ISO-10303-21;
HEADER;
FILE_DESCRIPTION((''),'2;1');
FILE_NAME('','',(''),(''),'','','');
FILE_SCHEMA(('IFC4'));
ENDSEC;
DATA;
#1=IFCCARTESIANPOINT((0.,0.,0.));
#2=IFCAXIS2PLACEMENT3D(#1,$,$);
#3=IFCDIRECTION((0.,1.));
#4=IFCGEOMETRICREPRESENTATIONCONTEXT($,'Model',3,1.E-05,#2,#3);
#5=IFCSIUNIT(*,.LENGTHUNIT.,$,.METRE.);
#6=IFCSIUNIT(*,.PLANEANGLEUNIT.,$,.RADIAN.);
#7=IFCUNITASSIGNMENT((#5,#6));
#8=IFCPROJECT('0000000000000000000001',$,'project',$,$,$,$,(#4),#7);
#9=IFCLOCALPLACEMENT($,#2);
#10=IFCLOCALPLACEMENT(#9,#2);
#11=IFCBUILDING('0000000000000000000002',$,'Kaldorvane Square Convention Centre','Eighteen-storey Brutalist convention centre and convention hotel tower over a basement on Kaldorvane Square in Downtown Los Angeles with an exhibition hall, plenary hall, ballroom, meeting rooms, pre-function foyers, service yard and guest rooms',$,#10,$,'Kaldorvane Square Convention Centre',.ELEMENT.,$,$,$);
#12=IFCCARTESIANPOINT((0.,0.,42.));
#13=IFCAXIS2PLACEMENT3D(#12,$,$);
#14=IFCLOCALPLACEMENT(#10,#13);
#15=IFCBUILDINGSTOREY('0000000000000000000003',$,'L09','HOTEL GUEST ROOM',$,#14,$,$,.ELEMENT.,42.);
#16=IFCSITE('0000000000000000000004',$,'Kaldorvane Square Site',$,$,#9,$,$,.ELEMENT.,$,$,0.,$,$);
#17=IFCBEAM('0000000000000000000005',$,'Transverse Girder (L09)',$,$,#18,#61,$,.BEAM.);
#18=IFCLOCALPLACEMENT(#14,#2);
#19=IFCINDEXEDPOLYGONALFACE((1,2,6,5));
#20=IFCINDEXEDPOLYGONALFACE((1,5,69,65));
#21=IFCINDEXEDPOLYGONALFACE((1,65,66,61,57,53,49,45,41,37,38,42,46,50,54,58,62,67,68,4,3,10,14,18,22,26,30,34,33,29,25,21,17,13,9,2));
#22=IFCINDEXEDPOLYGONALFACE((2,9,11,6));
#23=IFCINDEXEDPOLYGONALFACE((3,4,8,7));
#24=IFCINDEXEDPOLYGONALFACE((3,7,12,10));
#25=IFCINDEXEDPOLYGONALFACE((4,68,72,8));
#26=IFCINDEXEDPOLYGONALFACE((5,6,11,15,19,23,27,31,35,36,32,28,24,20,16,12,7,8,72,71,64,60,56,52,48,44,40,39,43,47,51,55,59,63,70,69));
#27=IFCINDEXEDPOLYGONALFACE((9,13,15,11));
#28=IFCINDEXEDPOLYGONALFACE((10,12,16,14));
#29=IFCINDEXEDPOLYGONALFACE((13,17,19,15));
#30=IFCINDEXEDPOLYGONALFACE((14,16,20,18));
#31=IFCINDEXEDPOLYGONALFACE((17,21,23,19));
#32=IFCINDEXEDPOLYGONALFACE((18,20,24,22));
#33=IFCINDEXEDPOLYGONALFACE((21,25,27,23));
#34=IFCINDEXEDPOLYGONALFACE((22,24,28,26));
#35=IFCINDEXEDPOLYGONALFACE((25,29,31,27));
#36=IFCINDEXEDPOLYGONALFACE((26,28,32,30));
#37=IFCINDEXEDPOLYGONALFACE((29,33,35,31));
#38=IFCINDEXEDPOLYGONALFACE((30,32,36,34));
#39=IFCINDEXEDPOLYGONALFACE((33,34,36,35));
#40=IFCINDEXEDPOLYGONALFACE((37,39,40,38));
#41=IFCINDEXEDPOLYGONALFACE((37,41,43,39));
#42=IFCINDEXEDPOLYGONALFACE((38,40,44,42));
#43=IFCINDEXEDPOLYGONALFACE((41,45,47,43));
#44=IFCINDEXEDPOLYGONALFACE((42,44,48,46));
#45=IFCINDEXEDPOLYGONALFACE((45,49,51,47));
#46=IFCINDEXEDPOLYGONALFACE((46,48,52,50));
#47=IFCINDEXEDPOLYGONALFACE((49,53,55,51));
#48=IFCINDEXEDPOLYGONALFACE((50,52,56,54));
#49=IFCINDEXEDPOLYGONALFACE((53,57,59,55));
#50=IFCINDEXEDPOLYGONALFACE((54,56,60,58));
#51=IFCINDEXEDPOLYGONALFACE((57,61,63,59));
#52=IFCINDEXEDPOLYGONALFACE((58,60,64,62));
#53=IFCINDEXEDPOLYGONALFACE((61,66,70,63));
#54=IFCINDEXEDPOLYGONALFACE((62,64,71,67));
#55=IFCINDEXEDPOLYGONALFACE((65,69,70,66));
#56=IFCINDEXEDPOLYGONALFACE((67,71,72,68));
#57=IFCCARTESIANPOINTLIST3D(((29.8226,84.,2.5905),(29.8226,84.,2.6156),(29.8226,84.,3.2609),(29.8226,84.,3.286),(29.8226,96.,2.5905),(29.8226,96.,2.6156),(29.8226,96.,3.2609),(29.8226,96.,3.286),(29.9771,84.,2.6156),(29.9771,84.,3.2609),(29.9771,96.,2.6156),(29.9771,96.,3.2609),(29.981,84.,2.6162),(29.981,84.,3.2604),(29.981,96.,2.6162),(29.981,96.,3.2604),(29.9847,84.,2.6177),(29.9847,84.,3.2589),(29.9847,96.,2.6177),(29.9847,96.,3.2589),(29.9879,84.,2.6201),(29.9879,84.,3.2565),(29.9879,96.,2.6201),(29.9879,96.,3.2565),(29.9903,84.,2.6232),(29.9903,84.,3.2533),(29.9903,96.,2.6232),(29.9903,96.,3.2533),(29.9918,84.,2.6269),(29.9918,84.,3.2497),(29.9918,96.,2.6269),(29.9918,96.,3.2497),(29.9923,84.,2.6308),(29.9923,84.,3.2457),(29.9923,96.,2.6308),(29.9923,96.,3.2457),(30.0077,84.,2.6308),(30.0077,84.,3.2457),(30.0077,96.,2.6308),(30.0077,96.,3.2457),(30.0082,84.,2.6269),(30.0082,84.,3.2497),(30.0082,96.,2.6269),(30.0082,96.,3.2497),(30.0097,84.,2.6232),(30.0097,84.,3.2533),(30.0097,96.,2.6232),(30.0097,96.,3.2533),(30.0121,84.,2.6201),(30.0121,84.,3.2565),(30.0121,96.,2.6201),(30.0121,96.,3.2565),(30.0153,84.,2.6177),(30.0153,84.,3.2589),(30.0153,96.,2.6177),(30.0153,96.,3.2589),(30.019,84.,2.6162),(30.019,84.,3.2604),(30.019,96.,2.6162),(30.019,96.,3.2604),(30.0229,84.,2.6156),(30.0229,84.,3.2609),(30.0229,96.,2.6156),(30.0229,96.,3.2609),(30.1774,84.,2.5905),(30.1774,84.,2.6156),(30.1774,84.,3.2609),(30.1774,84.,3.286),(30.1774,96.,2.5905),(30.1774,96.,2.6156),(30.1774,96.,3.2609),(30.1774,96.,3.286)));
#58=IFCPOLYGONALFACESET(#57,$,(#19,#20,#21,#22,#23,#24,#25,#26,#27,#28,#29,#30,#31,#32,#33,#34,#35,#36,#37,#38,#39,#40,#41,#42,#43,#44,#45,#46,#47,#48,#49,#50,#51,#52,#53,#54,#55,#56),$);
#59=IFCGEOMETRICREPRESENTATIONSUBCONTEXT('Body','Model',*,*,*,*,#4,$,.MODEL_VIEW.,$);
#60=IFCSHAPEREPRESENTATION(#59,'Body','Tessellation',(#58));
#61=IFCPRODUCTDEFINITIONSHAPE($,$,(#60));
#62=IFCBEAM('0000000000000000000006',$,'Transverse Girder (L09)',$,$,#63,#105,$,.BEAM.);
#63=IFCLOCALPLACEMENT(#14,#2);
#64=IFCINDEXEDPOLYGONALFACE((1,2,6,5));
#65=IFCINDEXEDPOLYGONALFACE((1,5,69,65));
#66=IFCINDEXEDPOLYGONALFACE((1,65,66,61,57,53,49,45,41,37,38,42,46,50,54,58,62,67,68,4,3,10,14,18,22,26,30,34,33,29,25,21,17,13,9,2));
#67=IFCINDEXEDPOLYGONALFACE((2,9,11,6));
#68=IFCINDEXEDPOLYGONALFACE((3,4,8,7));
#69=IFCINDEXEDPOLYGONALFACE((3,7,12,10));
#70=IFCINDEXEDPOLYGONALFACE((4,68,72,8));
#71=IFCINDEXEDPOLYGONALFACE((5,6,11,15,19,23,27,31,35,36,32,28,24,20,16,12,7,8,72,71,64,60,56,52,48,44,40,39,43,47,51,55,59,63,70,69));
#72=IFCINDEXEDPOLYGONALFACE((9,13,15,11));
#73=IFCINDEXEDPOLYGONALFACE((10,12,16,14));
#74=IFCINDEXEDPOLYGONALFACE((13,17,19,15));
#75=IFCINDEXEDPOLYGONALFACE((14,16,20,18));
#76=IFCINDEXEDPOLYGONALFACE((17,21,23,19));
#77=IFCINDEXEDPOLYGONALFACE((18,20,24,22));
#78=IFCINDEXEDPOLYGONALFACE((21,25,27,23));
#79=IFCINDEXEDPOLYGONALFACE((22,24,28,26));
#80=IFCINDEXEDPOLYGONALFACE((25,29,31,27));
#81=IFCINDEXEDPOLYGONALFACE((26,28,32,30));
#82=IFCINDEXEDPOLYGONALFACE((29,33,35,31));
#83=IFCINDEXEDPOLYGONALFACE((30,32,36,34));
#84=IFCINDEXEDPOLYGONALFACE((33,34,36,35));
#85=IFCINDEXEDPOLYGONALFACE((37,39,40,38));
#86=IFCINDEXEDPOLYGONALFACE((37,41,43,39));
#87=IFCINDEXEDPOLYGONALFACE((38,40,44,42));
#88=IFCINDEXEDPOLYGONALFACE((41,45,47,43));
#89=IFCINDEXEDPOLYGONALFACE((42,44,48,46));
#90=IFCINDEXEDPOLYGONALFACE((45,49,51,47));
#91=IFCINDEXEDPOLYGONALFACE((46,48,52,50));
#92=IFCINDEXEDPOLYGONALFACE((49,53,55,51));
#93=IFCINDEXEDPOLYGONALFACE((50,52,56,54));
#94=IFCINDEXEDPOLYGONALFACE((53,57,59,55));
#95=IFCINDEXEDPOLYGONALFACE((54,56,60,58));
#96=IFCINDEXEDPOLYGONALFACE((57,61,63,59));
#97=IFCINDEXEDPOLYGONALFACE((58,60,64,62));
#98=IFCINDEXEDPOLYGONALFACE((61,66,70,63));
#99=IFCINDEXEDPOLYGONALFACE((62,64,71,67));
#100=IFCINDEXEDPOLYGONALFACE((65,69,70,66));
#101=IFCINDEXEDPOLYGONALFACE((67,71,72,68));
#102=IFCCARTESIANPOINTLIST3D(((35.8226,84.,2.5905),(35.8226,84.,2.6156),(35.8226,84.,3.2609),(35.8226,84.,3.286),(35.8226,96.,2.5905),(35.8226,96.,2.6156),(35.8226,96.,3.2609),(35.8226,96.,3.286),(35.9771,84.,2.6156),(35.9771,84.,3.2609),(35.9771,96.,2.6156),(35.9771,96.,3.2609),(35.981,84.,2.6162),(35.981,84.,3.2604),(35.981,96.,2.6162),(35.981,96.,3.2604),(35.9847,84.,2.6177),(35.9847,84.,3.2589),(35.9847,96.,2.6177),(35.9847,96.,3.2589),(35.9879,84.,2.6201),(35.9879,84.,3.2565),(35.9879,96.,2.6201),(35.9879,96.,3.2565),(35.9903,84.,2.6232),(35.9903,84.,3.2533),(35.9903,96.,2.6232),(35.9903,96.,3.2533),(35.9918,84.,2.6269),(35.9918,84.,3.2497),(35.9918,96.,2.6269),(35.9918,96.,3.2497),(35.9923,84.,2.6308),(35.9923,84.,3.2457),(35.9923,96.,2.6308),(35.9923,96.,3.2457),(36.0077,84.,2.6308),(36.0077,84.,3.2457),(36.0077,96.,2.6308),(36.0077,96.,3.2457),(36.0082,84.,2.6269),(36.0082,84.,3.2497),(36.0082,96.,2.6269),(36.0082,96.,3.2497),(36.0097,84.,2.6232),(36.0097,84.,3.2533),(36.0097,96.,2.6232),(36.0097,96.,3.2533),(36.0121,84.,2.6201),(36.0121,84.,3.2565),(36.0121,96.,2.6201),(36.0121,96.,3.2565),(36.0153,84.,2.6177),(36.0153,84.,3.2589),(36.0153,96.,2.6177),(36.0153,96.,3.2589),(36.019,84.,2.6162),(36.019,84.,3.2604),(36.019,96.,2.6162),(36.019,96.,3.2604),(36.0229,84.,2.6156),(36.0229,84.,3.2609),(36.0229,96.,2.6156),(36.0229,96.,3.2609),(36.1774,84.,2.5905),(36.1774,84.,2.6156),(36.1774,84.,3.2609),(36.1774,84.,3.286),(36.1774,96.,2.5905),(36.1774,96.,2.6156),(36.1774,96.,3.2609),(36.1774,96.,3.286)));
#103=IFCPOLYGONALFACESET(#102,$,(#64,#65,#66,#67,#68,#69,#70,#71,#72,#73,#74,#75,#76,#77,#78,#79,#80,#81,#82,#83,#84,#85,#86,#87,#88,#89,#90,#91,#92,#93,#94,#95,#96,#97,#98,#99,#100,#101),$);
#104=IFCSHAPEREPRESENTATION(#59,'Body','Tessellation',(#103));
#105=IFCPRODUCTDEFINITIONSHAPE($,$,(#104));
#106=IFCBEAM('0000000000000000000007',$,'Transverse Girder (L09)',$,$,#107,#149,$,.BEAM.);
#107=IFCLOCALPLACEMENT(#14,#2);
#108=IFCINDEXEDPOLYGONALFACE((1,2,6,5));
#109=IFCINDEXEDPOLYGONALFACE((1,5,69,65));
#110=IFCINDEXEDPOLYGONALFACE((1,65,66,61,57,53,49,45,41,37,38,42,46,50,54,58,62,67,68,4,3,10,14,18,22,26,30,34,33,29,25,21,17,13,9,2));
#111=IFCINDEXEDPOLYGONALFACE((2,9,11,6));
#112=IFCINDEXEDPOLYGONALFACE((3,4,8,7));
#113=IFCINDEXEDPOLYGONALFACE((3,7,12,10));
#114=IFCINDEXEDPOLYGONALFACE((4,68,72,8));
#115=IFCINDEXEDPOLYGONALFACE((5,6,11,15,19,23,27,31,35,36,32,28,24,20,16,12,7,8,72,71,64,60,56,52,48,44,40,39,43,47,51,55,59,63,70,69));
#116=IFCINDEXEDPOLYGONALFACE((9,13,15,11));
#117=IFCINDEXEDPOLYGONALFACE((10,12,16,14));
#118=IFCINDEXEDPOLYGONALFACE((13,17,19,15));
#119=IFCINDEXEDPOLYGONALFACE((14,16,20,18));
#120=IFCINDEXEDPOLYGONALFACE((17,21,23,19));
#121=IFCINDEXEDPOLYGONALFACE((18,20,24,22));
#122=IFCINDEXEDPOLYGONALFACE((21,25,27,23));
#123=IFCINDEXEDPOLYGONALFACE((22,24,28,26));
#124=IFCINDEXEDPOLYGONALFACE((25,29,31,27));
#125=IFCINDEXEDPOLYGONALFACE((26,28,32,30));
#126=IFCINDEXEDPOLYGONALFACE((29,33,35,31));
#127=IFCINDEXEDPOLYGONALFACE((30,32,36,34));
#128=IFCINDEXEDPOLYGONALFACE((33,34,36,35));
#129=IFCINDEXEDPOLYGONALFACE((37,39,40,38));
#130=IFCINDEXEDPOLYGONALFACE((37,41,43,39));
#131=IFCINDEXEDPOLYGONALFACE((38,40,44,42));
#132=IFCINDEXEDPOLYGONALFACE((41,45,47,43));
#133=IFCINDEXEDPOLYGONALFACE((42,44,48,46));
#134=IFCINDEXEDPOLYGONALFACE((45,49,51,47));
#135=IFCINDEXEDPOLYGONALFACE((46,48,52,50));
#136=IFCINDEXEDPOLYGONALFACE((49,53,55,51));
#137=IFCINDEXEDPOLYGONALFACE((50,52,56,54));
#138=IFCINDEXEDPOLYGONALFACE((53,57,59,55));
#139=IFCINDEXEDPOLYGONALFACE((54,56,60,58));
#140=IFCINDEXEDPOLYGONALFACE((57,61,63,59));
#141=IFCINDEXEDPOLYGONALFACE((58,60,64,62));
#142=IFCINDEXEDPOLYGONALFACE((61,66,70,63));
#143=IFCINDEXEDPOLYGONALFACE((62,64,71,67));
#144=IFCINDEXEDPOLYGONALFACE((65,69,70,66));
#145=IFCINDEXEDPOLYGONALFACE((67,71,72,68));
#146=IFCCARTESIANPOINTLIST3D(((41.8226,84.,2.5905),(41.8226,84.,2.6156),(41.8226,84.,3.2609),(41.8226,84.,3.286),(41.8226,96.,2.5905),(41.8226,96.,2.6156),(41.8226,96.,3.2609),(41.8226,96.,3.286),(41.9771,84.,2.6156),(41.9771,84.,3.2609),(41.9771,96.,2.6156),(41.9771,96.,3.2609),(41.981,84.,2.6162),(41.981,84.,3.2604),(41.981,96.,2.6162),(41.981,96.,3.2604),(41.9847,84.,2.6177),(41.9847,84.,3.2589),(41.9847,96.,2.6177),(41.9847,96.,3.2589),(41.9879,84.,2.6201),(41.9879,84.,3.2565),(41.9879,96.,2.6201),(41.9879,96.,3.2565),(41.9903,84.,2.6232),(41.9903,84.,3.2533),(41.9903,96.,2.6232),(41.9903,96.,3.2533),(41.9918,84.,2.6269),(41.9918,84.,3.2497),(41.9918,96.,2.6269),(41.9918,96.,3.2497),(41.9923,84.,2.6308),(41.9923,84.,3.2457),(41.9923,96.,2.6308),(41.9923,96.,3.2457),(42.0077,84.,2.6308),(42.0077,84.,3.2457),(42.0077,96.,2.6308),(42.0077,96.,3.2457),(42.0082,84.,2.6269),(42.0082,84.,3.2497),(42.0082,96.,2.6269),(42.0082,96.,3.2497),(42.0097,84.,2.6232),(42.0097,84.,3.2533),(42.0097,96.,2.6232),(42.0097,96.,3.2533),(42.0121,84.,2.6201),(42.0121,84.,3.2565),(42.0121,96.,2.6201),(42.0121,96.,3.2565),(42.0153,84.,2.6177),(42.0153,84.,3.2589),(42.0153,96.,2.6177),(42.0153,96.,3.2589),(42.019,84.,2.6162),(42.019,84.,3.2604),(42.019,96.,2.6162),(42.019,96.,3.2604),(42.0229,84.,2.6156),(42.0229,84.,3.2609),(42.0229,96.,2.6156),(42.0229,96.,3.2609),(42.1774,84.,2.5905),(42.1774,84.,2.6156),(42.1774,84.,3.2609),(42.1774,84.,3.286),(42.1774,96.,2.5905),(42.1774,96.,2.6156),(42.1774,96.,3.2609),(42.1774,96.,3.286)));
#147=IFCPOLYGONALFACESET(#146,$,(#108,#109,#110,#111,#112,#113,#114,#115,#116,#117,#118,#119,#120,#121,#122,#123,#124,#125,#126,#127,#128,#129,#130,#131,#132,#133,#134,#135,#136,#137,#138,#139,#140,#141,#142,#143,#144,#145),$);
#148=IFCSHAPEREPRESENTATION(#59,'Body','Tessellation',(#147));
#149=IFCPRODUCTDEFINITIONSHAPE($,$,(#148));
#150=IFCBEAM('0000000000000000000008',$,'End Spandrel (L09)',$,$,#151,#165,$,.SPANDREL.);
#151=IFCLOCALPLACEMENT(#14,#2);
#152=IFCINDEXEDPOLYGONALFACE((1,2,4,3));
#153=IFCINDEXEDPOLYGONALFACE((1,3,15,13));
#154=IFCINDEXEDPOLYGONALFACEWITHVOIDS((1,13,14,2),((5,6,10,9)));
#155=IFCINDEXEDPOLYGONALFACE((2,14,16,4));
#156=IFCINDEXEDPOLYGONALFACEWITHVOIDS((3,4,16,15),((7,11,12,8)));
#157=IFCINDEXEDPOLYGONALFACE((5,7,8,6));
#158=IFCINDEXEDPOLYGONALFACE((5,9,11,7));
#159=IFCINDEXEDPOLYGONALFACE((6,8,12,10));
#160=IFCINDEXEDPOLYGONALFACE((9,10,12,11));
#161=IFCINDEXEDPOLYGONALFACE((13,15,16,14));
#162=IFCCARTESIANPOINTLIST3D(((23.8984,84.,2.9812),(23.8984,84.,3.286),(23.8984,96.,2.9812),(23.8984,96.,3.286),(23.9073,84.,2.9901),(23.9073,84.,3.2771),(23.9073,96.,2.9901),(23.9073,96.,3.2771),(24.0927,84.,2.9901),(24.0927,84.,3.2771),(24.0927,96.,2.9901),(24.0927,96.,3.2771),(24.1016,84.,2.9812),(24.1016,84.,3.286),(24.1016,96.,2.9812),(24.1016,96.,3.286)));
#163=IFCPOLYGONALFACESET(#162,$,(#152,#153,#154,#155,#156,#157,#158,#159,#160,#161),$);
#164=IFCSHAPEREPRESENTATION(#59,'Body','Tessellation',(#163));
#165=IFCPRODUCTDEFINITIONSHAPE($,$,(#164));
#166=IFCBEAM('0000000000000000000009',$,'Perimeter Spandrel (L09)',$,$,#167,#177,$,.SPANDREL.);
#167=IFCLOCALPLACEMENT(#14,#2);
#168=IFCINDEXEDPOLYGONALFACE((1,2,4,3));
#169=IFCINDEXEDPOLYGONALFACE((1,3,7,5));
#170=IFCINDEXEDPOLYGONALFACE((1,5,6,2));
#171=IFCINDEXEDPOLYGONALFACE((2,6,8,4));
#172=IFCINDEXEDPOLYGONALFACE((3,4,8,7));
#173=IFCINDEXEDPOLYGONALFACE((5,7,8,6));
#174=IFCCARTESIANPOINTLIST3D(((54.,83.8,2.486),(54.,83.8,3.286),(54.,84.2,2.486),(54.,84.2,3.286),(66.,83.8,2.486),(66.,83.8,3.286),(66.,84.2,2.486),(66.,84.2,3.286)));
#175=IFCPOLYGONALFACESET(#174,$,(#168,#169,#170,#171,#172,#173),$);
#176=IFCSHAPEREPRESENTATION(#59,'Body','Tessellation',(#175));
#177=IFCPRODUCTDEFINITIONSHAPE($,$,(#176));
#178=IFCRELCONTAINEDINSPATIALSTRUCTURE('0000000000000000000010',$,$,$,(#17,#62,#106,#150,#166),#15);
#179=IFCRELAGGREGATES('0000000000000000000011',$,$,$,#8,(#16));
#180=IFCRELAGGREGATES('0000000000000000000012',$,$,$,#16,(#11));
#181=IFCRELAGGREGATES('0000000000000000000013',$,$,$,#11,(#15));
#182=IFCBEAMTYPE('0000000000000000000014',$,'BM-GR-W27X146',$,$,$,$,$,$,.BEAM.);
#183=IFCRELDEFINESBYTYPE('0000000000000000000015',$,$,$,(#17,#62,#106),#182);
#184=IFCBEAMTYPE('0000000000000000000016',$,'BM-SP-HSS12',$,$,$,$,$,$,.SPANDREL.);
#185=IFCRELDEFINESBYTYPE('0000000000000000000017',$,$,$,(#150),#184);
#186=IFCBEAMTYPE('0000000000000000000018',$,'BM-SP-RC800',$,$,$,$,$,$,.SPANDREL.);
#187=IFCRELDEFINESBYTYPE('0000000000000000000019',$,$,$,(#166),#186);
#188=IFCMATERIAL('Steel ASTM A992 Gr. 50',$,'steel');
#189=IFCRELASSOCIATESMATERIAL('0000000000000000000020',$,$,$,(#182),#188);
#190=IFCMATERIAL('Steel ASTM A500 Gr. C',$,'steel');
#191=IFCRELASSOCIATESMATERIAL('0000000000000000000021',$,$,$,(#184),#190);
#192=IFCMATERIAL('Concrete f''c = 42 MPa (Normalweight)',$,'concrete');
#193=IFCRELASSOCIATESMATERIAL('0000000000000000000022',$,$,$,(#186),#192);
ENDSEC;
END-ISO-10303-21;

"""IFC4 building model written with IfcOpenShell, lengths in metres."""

from ifc_helpers import new_model, si_unit, direction, frame, origin, origin_2d, place, context, subcontext, project, spatial, rectangle, hollow_rectangle, i_section, extrude, material, material_profile, profile_set, type_object, element, save


model = new_model("IFC4")

# Units and contexts
model_context = context("Model", 3, precision=1e-05, world=origin(), true_north=direction((0.0, 1.0)))
body_context = subcontext(model_context, "Body", "Model", "MODEL_VIEW")
ifc_project = project(units=[si_unit("LENGTHUNIT", "METRE"), si_unit("PLANEANGLEUNIT", "RADIAN")], contexts=[model_context])

# Site, building, storey
site_placement = place(None, origin())
site = spatial("IfcSite", under=ifc_project, at=site_placement, Name="Kaldorvane Square Site", CompositionType="ELEMENT", RefElevation=0.0)
building_placement = place(site_placement, origin())
building = spatial("IfcBuilding", under=site, at=building_placement, Name="Kaldorvane Square Convention Centre", Description="Eighteen-storey Brutalist convention centre and convention hotel tower over a basement on Kaldorvane Square in Downtown Los Angeles with an exhibition hall, plenary hall, ballroom, meeting rooms, pre-function foyers, service yard and guest rooms", LongName="Kaldorvane Square Convention Centre", CompositionType="ELEMENT")
storey_placement = place(building_placement, frame((0.0, 0.0, 42.0)))
storey = spatial("IfcBuildingStorey", under=building, at=storey_placement, Name="L09", Description="HOTEL GUEST ROOM", CompositionType="ELEMENT", Elevation=42.0)

# Beams
ifc_material_1 = material(Name="Steel ASTM A992 Gr. 50", Category="steel")
ifc_material_profile_1 = material_profile(ifc_material_1, i_section(OverallWidth=0.3547, OverallDepth=0.6955, WebThickness=0.0154, FlangeThickness=0.0251, FilletRadius=0.0152, at=origin_2d()), Name="W27X146")
ifc_profile_set_1 = profile_set([ifc_material_profile_1], Name="Steel ASTM A992 Gr. 50")
beam_type_1 = type_object("IfcBeamType", Name="BM-GR-W27X146", PredefinedType="BEAM", material=ifc_profile_set_1)
for number, where, z_axis, x_axis, name in (
    (1, (30.0, 84.0, 2.9383), (0.0, 1.0, 0.0), (-1.0, 0.0, 0.0), "Transverse Girder (L09)"),
    (2, (36.0, 84.0, 2.9383), (0.0, 1.0, 0.0), (-1.0, 0.0, 0.0), "Transverse Girder (L09)"),
    (3, (42.0, 84.0, 2.9383), (0.0, 1.0, 0.0), (-1.0, 0.0, 0.0), "Transverse Girder (L09)"),
):
    element("IfcBeam", number, at=place(storey_placement, frame(where, z_axis=z_axis, x_axis=x_axis)), inside=storey, type_object=beam_type_1, Name=name, PredefinedType="BEAM", context=body_context, shape_type="SweptSolid", body=[
        extrude(i_section(OverallWidth=0.3547, OverallDepth=0.6955, WebThickness=0.0154, FlangeThickness=0.0251, FilletRadius=0.0152, at=origin_2d()), origin(), (0.0, 0.0, 1.0), 12.0),
    ])
ifc_material_2 = material(Name="Steel ASTM A500 Gr. C", Category="steel")
ifc_material_profile_2 = material_profile(ifc_material_2, hollow_rectangle(XDim=0.2032, YDim=0.3048, WallThickness=0.0089, at=origin_2d()), Name="HSS12X8X3/8")
ifc_profile_set_2 = profile_set([ifc_material_profile_2], Name="Steel ASTM A500 Gr. C")
beam_type_2 = type_object("IfcBeamType", Name="BM-SP-HSS12", PredefinedType="SPANDREL", material=ifc_profile_set_2)
beam_1_placement = place(storey_placement, frame((24.0, 84.0, 3.1336), z_axis=(0.0, 1.0, 0.0), x_axis=(-1.0, 0.0, 0.0)))
element("IfcBeam", 4, at=beam_1_placement, inside=storey, type_object=beam_type_2, Name="End Spandrel (L09)", PredefinedType="SPANDREL", context=body_context, shape_type="SweptSolid", body=[
    extrude(hollow_rectangle(XDim=0.2032, YDim=0.3048, WallThickness=0.0089, at=origin_2d()), origin(), (0.0, 0.0, 1.0), 12.0),
])
ifc_material_3 = material(Name="Concrete f'c = 42 MPa (Normalweight)", Category="concrete")
ifc_material_profile_3 = material_profile(ifc_material_3, rectangle(XDim=0.4, YDim=0.8, at=origin_2d()), Name="RCSP800X400")
ifc_profile_set_3 = profile_set([ifc_material_profile_3], Name="Concrete f'c = 42 MPa (Normalweight)")
beam_type_3 = type_object("IfcBeamType", Name="BM-SP-RC800", PredefinedType="SPANDREL", material=ifc_profile_set_3)
beam_2_placement = place(storey_placement, frame((54.0, 84.0, 2.886), z_axis=(1.0, 0.0, 0.0), x_axis=(0.0, 1.0, 0.0)))
element("IfcBeam", 5, at=beam_2_placement, inside=storey, type_object=beam_type_3, Name="Perimeter Spandrel (L09)", PredefinedType="SPANDREL", context=body_context, shape_type="SweptSolid", body=[
    extrude(rectangle(XDim=0.4, YDim=0.8, at=origin_2d()), origin(), (0.0, 0.0, 1.0), 12.0),
])

save(model, "model.ifc")
